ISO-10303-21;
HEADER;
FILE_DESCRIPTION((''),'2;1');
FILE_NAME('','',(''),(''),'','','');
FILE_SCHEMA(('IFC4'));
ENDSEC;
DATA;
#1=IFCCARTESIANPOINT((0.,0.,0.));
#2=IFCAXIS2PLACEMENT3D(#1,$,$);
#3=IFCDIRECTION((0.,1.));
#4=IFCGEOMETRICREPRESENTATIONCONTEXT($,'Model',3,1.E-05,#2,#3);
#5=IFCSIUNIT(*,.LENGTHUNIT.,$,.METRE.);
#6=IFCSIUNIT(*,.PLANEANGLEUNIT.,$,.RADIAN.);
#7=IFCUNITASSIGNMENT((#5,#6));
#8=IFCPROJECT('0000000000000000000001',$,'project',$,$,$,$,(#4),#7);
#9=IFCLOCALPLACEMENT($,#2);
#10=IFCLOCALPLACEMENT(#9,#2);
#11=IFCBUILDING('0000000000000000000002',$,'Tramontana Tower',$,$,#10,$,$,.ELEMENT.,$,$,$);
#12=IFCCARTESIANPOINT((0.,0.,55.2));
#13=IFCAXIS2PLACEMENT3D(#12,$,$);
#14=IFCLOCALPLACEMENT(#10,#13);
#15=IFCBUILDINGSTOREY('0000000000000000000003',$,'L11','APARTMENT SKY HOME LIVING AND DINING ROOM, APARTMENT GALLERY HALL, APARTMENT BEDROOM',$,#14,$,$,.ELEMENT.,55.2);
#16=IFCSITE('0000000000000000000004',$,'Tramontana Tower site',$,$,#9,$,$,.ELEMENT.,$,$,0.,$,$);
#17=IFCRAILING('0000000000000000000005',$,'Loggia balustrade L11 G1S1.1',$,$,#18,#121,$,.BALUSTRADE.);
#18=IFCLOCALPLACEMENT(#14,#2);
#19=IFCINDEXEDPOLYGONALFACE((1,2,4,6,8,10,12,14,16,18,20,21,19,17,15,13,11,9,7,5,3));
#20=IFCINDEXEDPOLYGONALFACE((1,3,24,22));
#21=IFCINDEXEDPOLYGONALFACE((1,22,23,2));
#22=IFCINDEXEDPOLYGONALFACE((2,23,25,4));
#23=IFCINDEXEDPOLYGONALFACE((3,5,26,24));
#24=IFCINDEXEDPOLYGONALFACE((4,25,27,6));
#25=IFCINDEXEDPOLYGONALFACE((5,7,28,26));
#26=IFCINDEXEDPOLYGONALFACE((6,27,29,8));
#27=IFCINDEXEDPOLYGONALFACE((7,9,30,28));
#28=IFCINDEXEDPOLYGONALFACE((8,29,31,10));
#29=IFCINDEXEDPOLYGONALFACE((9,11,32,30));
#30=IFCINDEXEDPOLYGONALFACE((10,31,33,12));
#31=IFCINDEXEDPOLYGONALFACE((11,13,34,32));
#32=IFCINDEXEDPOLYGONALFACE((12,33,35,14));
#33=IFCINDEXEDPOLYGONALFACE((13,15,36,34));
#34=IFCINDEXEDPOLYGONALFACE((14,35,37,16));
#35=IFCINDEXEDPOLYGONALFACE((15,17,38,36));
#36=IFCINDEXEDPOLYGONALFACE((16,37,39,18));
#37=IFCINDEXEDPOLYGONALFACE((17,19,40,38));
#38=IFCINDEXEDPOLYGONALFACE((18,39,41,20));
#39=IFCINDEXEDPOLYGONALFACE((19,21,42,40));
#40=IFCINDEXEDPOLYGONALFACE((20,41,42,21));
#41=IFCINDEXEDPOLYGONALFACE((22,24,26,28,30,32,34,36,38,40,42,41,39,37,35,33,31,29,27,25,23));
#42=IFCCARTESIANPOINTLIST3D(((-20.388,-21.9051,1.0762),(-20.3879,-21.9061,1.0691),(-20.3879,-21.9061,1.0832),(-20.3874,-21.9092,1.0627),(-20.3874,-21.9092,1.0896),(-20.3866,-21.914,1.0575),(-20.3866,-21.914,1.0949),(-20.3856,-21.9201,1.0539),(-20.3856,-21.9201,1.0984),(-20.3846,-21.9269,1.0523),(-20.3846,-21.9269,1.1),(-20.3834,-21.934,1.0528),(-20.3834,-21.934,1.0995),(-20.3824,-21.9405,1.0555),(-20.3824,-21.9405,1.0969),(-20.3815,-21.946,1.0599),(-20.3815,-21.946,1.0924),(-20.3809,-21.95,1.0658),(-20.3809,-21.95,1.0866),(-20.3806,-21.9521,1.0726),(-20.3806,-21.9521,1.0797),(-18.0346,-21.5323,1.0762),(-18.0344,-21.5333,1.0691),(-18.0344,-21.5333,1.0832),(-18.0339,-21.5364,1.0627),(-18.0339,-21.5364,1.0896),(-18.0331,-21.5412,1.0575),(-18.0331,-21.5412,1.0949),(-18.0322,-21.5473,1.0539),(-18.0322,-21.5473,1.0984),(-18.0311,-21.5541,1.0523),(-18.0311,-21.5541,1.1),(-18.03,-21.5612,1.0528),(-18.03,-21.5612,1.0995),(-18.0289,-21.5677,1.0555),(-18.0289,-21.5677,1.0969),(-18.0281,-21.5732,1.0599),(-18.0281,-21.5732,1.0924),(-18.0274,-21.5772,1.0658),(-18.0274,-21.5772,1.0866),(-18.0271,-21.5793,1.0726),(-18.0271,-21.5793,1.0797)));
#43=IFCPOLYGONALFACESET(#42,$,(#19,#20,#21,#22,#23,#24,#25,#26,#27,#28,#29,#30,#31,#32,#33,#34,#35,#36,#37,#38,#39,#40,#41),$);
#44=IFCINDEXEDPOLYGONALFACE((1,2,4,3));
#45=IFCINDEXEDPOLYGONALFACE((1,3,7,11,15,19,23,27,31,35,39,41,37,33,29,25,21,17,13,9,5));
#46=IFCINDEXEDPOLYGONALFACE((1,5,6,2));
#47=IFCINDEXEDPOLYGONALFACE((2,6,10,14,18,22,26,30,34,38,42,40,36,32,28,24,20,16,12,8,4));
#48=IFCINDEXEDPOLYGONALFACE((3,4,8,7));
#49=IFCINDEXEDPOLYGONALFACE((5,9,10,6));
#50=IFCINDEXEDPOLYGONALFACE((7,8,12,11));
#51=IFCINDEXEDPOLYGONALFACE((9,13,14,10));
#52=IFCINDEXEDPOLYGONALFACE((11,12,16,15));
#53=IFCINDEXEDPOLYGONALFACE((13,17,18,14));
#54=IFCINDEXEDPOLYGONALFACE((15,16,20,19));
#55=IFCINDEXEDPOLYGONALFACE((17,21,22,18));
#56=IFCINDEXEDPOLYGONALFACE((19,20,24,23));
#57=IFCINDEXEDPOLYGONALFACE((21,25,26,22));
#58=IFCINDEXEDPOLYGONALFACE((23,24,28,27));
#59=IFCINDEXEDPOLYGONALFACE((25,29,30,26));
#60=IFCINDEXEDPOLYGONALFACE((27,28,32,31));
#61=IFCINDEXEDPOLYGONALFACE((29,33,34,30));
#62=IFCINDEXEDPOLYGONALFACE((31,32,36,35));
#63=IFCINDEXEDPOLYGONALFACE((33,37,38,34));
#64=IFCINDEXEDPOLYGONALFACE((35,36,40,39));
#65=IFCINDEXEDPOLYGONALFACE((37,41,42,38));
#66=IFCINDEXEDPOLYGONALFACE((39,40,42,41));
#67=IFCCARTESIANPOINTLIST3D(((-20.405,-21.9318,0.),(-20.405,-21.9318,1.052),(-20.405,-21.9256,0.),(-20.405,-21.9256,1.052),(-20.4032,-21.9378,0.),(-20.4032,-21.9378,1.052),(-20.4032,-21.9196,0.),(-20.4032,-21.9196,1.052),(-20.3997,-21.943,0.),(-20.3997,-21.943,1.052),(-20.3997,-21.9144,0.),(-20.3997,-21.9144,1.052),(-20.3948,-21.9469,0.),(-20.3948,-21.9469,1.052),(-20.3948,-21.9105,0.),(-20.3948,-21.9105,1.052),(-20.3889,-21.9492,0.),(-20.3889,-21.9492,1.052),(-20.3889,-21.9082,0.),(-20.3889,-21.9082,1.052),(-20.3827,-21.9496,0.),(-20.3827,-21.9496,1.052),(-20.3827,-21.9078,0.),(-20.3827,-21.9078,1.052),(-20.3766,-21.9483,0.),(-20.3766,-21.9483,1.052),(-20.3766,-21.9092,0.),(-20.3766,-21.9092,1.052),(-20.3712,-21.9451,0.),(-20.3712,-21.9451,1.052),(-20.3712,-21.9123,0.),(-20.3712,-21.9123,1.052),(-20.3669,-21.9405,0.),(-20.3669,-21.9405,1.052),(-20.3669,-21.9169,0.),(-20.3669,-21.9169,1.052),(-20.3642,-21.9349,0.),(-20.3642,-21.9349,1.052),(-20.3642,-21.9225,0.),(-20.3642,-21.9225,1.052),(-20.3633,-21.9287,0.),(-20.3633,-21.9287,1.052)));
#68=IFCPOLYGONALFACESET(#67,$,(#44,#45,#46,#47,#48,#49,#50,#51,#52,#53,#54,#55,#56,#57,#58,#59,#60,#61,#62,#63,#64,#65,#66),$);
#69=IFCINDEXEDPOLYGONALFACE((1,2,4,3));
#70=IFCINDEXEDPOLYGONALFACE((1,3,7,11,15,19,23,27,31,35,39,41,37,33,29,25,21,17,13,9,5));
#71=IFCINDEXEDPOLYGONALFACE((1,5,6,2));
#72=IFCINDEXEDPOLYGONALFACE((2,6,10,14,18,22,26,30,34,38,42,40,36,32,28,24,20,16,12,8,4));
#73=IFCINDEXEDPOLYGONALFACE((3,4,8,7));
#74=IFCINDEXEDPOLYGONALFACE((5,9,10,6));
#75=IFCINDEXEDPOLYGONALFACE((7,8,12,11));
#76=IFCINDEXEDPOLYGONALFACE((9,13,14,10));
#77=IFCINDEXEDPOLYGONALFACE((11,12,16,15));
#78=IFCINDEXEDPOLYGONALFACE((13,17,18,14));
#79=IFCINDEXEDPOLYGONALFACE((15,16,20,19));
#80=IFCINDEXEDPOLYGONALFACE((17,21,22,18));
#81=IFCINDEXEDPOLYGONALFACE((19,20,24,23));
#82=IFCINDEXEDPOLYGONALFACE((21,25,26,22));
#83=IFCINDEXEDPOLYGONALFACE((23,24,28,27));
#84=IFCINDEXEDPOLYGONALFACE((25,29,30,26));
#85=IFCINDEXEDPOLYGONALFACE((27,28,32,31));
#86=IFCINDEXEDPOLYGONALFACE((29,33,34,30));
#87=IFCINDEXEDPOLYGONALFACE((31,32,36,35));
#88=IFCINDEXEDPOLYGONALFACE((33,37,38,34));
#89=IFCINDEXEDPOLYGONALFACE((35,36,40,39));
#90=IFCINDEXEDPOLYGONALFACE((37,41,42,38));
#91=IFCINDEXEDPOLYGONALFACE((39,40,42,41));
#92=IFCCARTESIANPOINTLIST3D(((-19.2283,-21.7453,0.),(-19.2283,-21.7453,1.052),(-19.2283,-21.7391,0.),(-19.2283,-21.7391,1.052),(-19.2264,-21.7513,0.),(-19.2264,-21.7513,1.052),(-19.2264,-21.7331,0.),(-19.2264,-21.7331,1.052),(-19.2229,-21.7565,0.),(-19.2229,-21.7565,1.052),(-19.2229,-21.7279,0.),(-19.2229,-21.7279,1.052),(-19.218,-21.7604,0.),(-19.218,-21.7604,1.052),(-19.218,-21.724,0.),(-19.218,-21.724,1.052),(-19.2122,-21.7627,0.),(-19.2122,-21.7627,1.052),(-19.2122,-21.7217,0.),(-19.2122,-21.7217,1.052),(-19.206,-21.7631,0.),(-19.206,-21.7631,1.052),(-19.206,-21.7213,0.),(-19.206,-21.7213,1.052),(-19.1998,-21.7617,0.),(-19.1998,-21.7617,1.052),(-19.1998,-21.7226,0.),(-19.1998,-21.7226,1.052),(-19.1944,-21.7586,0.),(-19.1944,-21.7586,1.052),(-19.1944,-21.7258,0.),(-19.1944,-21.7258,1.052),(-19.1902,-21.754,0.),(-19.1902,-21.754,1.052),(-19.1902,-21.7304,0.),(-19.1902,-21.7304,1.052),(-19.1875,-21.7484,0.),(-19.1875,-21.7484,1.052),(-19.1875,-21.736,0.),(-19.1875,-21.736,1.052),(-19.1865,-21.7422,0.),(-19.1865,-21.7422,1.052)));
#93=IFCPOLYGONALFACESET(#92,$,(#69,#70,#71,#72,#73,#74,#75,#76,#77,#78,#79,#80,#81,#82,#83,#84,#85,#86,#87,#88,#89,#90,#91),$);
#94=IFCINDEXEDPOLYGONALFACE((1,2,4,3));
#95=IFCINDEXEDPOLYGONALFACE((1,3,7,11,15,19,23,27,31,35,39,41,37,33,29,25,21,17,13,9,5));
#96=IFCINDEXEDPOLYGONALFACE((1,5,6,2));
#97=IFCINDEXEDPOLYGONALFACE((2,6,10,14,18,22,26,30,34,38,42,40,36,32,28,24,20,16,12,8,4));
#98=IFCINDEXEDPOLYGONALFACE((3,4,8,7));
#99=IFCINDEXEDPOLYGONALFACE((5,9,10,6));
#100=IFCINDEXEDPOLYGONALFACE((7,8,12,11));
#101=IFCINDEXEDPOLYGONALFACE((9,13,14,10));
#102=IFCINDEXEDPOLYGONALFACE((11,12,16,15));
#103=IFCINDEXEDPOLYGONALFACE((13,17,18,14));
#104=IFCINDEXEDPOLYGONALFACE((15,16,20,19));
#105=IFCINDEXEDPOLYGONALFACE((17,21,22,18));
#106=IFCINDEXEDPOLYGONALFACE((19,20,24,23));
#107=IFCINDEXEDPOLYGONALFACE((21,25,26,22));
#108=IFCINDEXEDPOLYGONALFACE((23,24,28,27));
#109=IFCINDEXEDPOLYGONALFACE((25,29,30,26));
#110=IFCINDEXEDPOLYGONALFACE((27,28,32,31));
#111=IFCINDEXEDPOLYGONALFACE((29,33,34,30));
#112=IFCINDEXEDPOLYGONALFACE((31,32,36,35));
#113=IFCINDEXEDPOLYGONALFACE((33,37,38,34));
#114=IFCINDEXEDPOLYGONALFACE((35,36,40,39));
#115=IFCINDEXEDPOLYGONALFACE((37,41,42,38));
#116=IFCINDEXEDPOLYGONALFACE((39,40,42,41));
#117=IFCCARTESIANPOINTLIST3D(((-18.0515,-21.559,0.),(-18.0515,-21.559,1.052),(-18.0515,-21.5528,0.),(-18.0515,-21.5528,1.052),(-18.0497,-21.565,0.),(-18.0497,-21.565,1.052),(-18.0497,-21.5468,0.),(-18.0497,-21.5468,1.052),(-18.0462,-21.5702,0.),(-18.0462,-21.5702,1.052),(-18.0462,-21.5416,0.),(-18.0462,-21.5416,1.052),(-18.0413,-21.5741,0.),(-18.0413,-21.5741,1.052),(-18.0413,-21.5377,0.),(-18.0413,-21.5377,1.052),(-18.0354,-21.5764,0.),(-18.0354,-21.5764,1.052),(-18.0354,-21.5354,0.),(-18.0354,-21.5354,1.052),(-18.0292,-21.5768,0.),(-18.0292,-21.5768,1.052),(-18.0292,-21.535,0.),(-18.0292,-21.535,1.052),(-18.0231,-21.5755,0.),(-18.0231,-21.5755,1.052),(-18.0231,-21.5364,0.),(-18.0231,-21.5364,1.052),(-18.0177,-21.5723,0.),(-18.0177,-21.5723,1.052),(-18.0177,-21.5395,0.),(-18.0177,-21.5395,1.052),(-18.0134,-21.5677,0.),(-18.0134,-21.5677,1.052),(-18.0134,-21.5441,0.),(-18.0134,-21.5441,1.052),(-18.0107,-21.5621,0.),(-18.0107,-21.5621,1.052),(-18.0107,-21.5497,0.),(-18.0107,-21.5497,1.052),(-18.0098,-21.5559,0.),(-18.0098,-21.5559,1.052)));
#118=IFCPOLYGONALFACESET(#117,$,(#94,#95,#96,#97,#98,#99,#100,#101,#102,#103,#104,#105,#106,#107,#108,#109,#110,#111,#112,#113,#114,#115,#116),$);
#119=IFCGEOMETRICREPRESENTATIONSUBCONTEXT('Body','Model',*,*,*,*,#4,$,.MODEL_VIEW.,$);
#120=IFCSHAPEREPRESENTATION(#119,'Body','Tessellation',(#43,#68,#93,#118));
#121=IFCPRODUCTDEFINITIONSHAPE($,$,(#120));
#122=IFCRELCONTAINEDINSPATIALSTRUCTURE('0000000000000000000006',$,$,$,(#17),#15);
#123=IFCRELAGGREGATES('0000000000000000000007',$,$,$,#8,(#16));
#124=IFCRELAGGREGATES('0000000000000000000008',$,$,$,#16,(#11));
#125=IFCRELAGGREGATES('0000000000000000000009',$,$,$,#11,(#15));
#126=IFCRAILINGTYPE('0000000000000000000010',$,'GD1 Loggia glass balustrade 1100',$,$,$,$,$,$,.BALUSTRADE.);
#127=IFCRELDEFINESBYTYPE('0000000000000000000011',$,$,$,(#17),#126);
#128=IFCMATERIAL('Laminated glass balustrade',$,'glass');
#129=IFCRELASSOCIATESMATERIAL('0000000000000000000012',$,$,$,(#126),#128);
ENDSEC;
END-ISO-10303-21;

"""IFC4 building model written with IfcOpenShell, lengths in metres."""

from ifc_helpers import new_model, si_unit, direction, frame, origin, origin_2d, place, context, subcontext, project, spatial, circle, extrude, material, type_object, element, save


model = new_model("IFC4")

# Units and contexts
model_context = context("Model", 3, precision=1e-05, world=origin(), true_north=direction((0.0, 1.0)))
body_context = subcontext(model_context, "Body", "Model", "MODEL_VIEW")
ifc_project = project(units=[si_unit("LENGTHUNIT", "METRE"), si_unit("PLANEANGLEUNIT", "RADIAN")], contexts=[model_context])

# Site, building, storey
site_placement = place(None, origin())
site = spatial("IfcSite", under=ifc_project, at=site_placement, Name="Tramontana Tower site", CompositionType="ELEMENT", RefElevation=0.0)
building_placement = place(site_placement, origin())
building = spatial("IfcBuilding", under=site, at=building_placement, Name="Tramontana Tower", CompositionType="ELEMENT")
storey_placement = place(building_placement, frame((0.0, 0.0, 55.2)))
storey = spatial("IfcBuildingStorey", under=building, at=storey_placement, Name="L11", Description="APARTMENT SKY HOME LIVING AND DINING ROOM, APARTMENT GALLERY HALL, APARTMENT BEDROOM", CompositionType="ELEMENT", Elevation=55.2)

# Railing
ifc_material_1 = material(Name="Laminated glass balustrade", Category="glass")
railing_type = type_object("IfcRailingType", Name="GD1 Loggia glass balustrade 1100", PredefinedType="BALUSTRADE", material=ifc_material_1)
railing_1_placement = place(storey_placement, frame((-20.3843, -21.9287, 0.0)))
element("IfcRailing", 1, at=railing_1_placement, inside=storey, type_object=railing_type, Name="Loggia balustrade L11 G1S1.1", PredefinedType="BALUSTRADE", context=body_context, shape_type="SweptSolid", body=[
    extrude(circle(Radius=0.0239, at=origin_2d()), frame((0.0, 0.0, 1.0762), z_axis=(0.987686, 0.156452, 0.0), x_axis=(-0.156452, 0.987686, 0.0)), (0.0, 0.0, 1.0), 2.3828),
    extrude(circle(Radius=0.021, at=origin_2d()), origin(), (0.0, 0.0, 1.0), 1.052),
    extrude(circle(Radius=0.021, at=origin_2d()), frame((1.1768, 0.1865, 0.0)), (0.0, 0.0, 1.0), 1.052),
    extrude(circle(Radius=0.021, at=origin_2d()), frame((2.3535, 0.3728, 0.0)), (0.0, 0.0, 1.0), 1.052),
])

save(model, "model.ifc")
